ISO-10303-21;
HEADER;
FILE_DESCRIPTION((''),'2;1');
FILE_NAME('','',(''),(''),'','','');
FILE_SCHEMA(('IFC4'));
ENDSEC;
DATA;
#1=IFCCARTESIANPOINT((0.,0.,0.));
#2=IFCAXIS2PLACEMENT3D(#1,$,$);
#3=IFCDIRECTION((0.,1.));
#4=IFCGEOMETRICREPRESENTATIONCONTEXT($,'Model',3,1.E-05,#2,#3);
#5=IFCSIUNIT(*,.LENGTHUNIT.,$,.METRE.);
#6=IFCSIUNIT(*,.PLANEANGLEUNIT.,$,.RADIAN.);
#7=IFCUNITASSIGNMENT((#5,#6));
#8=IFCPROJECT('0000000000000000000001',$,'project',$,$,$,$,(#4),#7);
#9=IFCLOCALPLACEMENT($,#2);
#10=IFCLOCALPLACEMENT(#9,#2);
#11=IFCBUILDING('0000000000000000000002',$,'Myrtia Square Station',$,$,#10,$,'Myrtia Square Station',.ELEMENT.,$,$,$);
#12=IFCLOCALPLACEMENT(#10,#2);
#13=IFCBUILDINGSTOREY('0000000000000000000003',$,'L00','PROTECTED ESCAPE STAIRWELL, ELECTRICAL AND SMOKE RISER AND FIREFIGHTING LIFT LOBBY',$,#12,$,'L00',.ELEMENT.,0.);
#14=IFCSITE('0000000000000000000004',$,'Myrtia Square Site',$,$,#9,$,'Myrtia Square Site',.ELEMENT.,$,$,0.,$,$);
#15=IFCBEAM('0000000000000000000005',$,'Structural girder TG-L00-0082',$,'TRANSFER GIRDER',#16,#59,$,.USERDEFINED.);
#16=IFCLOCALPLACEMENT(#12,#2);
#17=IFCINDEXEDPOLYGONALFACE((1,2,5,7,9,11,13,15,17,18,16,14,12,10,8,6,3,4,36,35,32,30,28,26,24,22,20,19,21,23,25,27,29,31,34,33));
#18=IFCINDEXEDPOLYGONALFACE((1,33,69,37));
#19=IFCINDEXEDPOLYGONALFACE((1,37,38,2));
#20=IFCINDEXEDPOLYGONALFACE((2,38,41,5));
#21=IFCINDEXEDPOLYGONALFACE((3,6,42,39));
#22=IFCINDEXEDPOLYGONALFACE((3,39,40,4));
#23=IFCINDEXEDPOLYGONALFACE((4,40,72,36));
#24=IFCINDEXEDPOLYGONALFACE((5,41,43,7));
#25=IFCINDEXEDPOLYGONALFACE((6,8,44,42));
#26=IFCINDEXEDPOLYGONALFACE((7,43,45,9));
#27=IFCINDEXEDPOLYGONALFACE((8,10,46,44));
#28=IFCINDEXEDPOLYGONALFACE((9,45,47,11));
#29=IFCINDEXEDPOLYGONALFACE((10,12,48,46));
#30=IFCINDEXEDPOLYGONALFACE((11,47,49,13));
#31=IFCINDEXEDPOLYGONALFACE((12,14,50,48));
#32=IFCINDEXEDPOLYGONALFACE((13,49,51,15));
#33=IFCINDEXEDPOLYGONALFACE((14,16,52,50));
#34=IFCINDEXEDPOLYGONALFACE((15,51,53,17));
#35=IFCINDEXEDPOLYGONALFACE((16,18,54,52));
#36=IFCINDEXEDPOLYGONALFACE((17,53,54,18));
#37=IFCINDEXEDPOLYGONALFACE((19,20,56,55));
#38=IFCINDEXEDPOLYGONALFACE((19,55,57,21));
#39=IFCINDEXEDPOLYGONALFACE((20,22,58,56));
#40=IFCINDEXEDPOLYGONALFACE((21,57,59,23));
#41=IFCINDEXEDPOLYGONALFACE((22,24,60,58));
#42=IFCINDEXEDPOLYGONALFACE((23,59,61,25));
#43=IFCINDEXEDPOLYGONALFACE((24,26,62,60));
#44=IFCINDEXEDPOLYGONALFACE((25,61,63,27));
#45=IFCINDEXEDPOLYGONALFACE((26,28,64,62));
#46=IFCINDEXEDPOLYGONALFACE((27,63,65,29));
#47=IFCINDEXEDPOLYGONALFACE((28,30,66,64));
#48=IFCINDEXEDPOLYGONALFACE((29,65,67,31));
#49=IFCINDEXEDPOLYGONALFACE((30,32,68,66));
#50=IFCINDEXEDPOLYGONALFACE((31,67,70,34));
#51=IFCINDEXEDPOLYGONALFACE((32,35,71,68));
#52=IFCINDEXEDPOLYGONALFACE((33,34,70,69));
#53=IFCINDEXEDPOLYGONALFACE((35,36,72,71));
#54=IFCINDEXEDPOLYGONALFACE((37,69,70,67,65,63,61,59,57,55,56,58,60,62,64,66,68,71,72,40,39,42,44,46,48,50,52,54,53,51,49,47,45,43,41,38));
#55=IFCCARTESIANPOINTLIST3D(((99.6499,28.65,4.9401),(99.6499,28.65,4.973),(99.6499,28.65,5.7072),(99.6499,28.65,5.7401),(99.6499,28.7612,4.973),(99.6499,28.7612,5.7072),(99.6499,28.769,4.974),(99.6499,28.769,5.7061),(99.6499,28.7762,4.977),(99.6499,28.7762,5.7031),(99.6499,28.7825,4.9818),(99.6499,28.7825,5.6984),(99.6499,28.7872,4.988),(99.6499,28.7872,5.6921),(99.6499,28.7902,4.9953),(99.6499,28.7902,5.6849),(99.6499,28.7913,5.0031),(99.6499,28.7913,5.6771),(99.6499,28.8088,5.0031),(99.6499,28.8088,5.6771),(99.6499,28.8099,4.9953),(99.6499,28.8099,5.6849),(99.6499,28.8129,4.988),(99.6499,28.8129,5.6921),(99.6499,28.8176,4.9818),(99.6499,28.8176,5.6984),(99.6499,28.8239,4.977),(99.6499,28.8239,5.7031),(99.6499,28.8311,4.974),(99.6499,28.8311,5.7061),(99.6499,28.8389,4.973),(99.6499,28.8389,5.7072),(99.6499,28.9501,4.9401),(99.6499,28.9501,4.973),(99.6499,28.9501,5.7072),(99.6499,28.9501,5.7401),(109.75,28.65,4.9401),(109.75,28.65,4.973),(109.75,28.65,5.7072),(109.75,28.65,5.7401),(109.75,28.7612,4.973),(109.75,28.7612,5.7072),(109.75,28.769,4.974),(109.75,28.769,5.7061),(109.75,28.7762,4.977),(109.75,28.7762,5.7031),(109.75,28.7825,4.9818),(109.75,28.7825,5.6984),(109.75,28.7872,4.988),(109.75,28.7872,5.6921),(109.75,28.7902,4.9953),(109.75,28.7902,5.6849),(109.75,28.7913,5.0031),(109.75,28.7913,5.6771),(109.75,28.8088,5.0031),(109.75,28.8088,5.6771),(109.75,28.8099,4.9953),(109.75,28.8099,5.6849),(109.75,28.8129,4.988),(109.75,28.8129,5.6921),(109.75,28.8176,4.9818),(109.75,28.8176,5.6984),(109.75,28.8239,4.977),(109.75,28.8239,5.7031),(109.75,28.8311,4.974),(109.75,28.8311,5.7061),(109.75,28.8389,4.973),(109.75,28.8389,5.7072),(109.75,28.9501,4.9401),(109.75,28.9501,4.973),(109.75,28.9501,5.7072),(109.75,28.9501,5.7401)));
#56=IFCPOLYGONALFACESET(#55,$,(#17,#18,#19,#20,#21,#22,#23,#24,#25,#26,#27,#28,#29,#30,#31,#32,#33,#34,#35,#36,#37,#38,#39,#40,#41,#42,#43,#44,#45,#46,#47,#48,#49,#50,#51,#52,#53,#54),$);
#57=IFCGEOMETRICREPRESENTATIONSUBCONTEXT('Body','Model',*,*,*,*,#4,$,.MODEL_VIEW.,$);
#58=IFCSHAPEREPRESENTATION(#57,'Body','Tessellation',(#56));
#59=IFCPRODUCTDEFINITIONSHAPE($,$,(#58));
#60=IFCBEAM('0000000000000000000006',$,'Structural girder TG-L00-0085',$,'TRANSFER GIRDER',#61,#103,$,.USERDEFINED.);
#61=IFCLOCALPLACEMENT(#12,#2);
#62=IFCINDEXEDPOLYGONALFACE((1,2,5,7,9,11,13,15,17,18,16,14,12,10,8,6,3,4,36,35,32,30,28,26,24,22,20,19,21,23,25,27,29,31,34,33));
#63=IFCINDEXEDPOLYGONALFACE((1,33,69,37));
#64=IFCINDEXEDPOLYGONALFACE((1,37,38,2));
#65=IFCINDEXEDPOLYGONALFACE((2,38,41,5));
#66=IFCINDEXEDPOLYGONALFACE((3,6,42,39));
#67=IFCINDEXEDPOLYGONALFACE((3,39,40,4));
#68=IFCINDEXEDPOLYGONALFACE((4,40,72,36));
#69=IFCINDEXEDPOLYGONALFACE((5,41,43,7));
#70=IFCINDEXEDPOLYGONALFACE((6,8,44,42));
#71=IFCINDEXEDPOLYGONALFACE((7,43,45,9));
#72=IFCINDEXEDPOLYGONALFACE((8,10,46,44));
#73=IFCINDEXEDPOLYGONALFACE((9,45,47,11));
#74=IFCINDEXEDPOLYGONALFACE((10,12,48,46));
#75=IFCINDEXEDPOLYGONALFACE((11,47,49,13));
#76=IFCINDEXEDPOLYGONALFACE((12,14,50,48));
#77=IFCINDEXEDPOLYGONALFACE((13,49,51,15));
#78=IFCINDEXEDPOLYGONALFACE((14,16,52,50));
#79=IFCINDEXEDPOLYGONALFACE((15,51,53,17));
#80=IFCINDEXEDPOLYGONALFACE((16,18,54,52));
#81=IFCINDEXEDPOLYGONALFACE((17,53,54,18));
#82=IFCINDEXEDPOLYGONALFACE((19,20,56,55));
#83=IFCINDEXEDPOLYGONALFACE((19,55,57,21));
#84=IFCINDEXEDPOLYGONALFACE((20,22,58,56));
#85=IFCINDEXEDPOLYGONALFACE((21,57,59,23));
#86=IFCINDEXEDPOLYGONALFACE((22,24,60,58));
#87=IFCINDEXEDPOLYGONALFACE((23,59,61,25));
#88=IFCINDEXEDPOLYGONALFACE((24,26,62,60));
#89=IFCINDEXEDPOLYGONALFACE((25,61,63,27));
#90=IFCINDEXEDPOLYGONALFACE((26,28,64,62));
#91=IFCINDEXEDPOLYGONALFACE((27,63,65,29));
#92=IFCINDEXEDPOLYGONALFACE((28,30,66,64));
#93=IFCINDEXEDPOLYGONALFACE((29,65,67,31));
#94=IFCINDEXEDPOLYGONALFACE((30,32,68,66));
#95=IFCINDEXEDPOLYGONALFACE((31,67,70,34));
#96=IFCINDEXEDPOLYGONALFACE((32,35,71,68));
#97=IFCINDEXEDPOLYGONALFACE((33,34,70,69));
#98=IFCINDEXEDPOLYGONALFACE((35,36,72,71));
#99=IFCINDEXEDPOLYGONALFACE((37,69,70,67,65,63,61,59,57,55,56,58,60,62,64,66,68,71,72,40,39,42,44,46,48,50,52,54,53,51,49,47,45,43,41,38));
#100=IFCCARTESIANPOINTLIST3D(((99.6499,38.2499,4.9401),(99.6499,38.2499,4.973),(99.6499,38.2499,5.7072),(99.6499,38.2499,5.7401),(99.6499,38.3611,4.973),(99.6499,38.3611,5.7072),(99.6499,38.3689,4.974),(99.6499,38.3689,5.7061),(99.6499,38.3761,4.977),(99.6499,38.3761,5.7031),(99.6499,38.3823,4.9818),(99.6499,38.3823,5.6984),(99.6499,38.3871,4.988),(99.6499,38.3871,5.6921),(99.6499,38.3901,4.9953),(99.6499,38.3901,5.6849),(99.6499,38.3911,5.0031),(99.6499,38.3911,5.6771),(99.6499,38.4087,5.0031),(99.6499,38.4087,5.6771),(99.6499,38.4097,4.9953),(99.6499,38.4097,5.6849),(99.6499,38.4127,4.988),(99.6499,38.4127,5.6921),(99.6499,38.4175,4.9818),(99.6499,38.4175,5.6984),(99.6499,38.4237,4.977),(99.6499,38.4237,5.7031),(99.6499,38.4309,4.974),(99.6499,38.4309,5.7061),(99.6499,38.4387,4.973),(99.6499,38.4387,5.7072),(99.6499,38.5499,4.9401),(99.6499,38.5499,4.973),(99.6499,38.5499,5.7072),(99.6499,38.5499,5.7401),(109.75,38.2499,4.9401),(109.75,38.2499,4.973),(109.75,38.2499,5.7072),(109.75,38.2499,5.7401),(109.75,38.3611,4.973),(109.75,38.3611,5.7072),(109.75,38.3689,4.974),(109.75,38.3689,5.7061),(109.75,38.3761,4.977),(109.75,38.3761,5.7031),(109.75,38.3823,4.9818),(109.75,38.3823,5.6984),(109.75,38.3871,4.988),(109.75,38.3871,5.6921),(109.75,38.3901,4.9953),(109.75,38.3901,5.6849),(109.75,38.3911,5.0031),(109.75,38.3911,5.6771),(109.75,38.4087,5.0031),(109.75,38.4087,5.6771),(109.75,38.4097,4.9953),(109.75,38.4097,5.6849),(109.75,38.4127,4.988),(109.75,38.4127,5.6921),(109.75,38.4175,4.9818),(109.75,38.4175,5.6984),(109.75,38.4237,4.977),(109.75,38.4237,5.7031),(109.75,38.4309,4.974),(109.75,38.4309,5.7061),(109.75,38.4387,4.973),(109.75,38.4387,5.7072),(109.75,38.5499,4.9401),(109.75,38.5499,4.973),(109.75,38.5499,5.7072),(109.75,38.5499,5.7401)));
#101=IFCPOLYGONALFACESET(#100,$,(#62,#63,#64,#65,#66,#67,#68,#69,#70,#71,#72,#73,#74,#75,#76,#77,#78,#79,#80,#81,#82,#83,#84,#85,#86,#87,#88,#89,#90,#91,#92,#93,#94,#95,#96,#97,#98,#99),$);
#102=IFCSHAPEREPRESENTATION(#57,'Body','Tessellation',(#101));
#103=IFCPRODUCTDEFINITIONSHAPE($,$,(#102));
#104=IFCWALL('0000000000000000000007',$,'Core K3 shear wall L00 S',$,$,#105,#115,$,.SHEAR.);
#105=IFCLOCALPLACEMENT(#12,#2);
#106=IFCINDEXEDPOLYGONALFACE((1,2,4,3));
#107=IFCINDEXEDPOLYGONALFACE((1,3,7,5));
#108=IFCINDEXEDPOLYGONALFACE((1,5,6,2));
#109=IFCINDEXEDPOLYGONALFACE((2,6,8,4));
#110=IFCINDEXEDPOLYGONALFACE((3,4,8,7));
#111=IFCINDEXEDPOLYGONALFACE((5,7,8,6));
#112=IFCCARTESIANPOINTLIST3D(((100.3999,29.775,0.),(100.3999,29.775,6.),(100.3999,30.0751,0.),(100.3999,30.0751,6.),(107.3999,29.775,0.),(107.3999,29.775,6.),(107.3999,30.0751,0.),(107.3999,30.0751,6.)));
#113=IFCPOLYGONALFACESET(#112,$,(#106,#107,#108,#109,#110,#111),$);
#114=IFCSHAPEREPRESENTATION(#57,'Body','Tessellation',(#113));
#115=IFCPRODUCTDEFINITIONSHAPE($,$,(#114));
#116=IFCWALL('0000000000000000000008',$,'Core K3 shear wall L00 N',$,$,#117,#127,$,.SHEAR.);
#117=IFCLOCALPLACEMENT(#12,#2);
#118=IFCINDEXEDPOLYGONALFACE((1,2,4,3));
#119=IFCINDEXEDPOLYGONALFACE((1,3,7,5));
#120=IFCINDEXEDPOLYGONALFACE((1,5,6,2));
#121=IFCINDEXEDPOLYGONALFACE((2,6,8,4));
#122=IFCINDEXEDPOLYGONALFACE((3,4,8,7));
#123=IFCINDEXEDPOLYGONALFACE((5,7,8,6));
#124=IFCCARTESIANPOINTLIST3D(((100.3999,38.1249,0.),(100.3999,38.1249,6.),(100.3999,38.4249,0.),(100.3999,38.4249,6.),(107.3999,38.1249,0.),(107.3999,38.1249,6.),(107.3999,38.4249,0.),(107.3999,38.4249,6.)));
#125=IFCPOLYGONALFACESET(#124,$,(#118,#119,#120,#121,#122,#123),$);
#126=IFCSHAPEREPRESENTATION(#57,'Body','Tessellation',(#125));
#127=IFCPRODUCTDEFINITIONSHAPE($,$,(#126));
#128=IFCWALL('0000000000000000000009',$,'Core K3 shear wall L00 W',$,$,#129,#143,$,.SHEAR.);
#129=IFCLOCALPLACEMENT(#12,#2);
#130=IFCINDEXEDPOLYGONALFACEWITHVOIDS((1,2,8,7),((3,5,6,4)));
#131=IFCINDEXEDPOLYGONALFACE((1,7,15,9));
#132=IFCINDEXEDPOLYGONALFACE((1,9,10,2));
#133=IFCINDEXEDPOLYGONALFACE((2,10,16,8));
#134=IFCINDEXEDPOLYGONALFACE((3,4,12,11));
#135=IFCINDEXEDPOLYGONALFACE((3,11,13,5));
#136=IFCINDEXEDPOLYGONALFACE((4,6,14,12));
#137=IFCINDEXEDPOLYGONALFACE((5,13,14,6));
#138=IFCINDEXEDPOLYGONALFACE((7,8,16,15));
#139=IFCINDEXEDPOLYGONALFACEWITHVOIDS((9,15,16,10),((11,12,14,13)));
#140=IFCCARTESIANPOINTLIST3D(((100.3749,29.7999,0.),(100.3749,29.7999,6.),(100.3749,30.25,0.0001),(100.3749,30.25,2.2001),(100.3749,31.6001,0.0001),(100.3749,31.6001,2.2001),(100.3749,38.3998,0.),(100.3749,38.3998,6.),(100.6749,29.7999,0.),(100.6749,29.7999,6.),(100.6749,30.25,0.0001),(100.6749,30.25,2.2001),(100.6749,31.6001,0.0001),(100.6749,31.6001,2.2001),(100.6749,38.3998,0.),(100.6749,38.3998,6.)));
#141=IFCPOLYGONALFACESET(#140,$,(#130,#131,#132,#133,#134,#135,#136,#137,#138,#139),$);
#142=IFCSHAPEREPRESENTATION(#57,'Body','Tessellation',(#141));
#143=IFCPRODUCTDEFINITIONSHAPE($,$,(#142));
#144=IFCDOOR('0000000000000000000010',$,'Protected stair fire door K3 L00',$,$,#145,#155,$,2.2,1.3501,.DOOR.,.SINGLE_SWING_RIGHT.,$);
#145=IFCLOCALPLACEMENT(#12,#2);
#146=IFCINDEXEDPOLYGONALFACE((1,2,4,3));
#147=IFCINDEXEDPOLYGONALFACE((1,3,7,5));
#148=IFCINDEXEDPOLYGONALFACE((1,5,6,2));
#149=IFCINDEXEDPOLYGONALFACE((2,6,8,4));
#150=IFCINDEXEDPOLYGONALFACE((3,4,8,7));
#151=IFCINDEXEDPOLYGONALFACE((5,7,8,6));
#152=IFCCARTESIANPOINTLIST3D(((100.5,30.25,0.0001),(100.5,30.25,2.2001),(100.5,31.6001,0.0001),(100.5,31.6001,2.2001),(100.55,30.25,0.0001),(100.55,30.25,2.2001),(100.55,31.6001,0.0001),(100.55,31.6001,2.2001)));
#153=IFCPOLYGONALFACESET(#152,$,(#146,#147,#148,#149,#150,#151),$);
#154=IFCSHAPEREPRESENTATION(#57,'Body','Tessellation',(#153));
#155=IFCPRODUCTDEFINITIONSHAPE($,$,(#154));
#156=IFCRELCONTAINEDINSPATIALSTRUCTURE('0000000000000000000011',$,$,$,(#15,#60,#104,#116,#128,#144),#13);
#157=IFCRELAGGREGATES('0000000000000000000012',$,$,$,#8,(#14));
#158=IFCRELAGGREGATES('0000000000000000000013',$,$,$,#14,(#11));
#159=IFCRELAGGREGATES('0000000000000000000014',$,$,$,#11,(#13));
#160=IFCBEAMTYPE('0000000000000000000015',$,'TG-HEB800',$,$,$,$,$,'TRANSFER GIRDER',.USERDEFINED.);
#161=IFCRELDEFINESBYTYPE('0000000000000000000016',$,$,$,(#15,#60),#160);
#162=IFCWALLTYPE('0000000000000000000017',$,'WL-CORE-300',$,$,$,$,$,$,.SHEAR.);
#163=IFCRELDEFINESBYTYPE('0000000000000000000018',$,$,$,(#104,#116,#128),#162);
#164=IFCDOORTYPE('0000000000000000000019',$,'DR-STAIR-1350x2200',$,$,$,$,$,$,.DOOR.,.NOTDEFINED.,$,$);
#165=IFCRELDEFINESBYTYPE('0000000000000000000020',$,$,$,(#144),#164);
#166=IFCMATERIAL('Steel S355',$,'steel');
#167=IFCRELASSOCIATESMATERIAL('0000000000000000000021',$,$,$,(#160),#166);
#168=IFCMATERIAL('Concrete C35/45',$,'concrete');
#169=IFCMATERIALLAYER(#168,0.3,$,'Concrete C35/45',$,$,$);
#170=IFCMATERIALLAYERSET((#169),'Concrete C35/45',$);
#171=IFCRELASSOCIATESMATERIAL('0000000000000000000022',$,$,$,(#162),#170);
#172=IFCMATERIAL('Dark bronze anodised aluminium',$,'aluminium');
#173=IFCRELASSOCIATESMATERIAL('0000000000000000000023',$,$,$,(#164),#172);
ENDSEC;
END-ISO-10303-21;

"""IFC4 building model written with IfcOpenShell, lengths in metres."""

from ifc_helpers import new_model, si_unit, direction, frame, frame_2d, origin, origin_2d, place, context, subcontext, project, spatial, rectangle, i_section, extrude, material, layer, layer_set, material_profile, profile_set, type_object, element, fill, save


model = new_model("IFC4")

# Units and contexts
model_context = context("Model", 3, precision=1e-05, world=origin(), true_north=direction((0.0, 1.0)))
body_context = subcontext(model_context, "Body", "Model", "MODEL_VIEW")
ifc_project = project(units=[si_unit("LENGTHUNIT", "METRE"), si_unit("PLANEANGLEUNIT", "RADIAN")], contexts=[model_context])

# Site, building, storey
site_placement = place(None, origin())
site = spatial("IfcSite", under=ifc_project, at=site_placement, Name="Myrtia Square Site", LongName="Myrtia Square Site", CompositionType="ELEMENT", RefElevation=0.0)
building_placement = place(site_placement, origin())
building = spatial("IfcBuilding", under=site, at=building_placement, Name="Myrtia Square Station", LongName="Myrtia Square Station", CompositionType="ELEMENT")
storey_placement = place(building_placement, origin())
storey = spatial("IfcBuildingStorey", under=building, at=storey_placement, Name="L00", Description="PROTECTED ESCAPE STAIRWELL, ELECTRICAL AND SMOKE RISER AND FIREFIGHTING LIFT LOBBY", LongName="L00", CompositionType="ELEMENT", Elevation=0.0)

# Shared definitions
ifc_material_1 = material(Name="Steel S355", Category="steel")

# Beams
ifc_material_profile_1 = material_profile(ifc_material_1, i_section(OverallWidth=0.3, OverallDepth=0.8, WebThickness=0.0176, FlangeThickness=0.033, FilletRadius=0.03, at=origin_2d()), Name="HEB 800")
ifc_profile_set_1 = profile_set([ifc_material_profile_1], Name="Steel S355")
beam_type_1 = type_object("IfcBeamType", Name="TG-HEB800", ElementType="TRANSFER GIRDER", PredefinedType="USERDEFINED", material=ifc_profile_set_1)
for number, where, z_axis, x_axis, name in (
    (1, (99.6499, 28.8, 5.3401), (1.0, 0.0, 0.0), (0.0, 1.0, 0.0), "Structural girder TG-L00-0082"),
    (2, (99.6499, 38.3999, 5.3401), (1.0, 0.0, 0.0), (0.0, 1.0, 0.0), "Structural girder TG-L00-0085"),
):
    element("IfcBeam", number, at=place(storey_placement, frame(where, z_axis=z_axis, x_axis=x_axis)), inside=storey, type_object=beam_type_1, Name=name, ObjectType="TRANSFER GIRDER", PredefinedType="USERDEFINED", context=body_context, shape_type="SweptSolid", body=[
        extrude(i_section(OverallWidth=0.3, OverallDepth=0.8, WebThickness=0.0176, FlangeThickness=0.033, FilletRadius=0.03, at=origin_2d()), origin(), (0.0, 0.0, 1.0), 10.1001),
    ])

# Walls
ifc_material_2 = material(Name="Concrete C35/45", Category="concrete")
ifc_layer_1 = layer(ifc_material_2, 0.3, Name="Concrete C35/45")
ifc_layer_set_1 = layer_set([ifc_layer_1], Name="Concrete C35/45")
wall_type_1 = type_object("IfcWallType", Name="WL-CORE-300", PredefinedType="SHEAR", material=ifc_layer_set_1)
for number, where, z_axis, x_axis, name in (
    (3, (100.3999, 29.925, 0.0), (0.0, 0.0, 1.0), (1.0, 0.0, 0.0), "Core K3 shear wall L00 S"),
    (4, (100.3999, 38.2749, 0.0), (0.0, 0.0, 1.0), (1.0, 0.0, 0.0), "Core K3 shear wall L00 N"),
):
    element("IfcWall", number, at=place(storey_placement, frame(where, z_axis=z_axis, x_axis=x_axis)), inside=storey, type_object=wall_type_1, Name=name, PredefinedType="SHEAR", context=body_context, shape_type="SweptSolid", body=[
        extrude(rectangle(XDim=7.0, YDim=0.3, at=frame_2d((3.5, 0.0))), origin(), (0.0, 0.0, 1.0), 6.0),
    ])

# Wall, opening, door
wall_1_placement = place(storey_placement, frame((100.5249, 29.8, 0.0), z_axis=(0.0, 0.0, 1.0), x_axis=(0.0, 1.0, 0.0)))
wall_1 = element("IfcWall", 5, at=wall_1_placement, inside=storey, type_object=wall_type_1, Name="Core K3 shear wall L00 W", PredefinedType="SHEAR", context=body_context, shape_type="SweptSolid", body=[
    extrude(rectangle(XDim=8.5999, YDim=0.3, at=frame_2d((4.2998, 0.0))), origin(), (0.0, 0.0, 1.0), 6.0),
])
opening_1_placement = place(wall_1_placement, frame((0.45, 0.0, 0.0)))
opening_1 = element("IfcOpeningElement", 6, at=opening_1_placement, cuts=wall_1, PredefinedType="OPENING", context=body_context, shape_type="SweptSolid", body=[
    extrude(rectangle(XDim=1.3501, YDim=2.2, at=frame_2d((0.675, 1.1001))), frame((0.0, 0.165, 0.0), z_axis=(0.0, -1.0, 0.0), x_axis=(1.0, 0.0, 0.0)), (0.0, 0.0, 1.0), 0.3301),
])
ifc_material_3 = material(Name="Dark bronze anodised aluminium", Category="aluminium")
door_type_1 = type_object("IfcDoorType", Name="DR-STAIR-1350x2200", OperationType="NOTDEFINED", PredefinedType="DOOR", material=ifc_material_3)
door_1_placement = place(opening_1_placement, origin())
door_1 = element("IfcDoor", 7, at=door_1_placement, inside=storey, type_object=door_type_1, Name="Protected stair fire door K3 L00", OperationType="SINGLE_SWING_RIGHT", OverallHeight=2.2, OverallWidth=1.3501, PredefinedType="DOOR", context=body_context, shape_type="SweptSolid", body=[
    extrude(rectangle(XDim=1.3501, YDim=2.2, at=frame_2d((0.675, 1.1001))), frame((0.0, 0.0249, 0.0), z_axis=(0.0, -1.0, 0.0), x_axis=(1.0, 0.0, 0.0)), (0.0, 0.0, 1.0), 0.05),
])
fill(opening_1, door_1)

save(model, "model.ifc")
